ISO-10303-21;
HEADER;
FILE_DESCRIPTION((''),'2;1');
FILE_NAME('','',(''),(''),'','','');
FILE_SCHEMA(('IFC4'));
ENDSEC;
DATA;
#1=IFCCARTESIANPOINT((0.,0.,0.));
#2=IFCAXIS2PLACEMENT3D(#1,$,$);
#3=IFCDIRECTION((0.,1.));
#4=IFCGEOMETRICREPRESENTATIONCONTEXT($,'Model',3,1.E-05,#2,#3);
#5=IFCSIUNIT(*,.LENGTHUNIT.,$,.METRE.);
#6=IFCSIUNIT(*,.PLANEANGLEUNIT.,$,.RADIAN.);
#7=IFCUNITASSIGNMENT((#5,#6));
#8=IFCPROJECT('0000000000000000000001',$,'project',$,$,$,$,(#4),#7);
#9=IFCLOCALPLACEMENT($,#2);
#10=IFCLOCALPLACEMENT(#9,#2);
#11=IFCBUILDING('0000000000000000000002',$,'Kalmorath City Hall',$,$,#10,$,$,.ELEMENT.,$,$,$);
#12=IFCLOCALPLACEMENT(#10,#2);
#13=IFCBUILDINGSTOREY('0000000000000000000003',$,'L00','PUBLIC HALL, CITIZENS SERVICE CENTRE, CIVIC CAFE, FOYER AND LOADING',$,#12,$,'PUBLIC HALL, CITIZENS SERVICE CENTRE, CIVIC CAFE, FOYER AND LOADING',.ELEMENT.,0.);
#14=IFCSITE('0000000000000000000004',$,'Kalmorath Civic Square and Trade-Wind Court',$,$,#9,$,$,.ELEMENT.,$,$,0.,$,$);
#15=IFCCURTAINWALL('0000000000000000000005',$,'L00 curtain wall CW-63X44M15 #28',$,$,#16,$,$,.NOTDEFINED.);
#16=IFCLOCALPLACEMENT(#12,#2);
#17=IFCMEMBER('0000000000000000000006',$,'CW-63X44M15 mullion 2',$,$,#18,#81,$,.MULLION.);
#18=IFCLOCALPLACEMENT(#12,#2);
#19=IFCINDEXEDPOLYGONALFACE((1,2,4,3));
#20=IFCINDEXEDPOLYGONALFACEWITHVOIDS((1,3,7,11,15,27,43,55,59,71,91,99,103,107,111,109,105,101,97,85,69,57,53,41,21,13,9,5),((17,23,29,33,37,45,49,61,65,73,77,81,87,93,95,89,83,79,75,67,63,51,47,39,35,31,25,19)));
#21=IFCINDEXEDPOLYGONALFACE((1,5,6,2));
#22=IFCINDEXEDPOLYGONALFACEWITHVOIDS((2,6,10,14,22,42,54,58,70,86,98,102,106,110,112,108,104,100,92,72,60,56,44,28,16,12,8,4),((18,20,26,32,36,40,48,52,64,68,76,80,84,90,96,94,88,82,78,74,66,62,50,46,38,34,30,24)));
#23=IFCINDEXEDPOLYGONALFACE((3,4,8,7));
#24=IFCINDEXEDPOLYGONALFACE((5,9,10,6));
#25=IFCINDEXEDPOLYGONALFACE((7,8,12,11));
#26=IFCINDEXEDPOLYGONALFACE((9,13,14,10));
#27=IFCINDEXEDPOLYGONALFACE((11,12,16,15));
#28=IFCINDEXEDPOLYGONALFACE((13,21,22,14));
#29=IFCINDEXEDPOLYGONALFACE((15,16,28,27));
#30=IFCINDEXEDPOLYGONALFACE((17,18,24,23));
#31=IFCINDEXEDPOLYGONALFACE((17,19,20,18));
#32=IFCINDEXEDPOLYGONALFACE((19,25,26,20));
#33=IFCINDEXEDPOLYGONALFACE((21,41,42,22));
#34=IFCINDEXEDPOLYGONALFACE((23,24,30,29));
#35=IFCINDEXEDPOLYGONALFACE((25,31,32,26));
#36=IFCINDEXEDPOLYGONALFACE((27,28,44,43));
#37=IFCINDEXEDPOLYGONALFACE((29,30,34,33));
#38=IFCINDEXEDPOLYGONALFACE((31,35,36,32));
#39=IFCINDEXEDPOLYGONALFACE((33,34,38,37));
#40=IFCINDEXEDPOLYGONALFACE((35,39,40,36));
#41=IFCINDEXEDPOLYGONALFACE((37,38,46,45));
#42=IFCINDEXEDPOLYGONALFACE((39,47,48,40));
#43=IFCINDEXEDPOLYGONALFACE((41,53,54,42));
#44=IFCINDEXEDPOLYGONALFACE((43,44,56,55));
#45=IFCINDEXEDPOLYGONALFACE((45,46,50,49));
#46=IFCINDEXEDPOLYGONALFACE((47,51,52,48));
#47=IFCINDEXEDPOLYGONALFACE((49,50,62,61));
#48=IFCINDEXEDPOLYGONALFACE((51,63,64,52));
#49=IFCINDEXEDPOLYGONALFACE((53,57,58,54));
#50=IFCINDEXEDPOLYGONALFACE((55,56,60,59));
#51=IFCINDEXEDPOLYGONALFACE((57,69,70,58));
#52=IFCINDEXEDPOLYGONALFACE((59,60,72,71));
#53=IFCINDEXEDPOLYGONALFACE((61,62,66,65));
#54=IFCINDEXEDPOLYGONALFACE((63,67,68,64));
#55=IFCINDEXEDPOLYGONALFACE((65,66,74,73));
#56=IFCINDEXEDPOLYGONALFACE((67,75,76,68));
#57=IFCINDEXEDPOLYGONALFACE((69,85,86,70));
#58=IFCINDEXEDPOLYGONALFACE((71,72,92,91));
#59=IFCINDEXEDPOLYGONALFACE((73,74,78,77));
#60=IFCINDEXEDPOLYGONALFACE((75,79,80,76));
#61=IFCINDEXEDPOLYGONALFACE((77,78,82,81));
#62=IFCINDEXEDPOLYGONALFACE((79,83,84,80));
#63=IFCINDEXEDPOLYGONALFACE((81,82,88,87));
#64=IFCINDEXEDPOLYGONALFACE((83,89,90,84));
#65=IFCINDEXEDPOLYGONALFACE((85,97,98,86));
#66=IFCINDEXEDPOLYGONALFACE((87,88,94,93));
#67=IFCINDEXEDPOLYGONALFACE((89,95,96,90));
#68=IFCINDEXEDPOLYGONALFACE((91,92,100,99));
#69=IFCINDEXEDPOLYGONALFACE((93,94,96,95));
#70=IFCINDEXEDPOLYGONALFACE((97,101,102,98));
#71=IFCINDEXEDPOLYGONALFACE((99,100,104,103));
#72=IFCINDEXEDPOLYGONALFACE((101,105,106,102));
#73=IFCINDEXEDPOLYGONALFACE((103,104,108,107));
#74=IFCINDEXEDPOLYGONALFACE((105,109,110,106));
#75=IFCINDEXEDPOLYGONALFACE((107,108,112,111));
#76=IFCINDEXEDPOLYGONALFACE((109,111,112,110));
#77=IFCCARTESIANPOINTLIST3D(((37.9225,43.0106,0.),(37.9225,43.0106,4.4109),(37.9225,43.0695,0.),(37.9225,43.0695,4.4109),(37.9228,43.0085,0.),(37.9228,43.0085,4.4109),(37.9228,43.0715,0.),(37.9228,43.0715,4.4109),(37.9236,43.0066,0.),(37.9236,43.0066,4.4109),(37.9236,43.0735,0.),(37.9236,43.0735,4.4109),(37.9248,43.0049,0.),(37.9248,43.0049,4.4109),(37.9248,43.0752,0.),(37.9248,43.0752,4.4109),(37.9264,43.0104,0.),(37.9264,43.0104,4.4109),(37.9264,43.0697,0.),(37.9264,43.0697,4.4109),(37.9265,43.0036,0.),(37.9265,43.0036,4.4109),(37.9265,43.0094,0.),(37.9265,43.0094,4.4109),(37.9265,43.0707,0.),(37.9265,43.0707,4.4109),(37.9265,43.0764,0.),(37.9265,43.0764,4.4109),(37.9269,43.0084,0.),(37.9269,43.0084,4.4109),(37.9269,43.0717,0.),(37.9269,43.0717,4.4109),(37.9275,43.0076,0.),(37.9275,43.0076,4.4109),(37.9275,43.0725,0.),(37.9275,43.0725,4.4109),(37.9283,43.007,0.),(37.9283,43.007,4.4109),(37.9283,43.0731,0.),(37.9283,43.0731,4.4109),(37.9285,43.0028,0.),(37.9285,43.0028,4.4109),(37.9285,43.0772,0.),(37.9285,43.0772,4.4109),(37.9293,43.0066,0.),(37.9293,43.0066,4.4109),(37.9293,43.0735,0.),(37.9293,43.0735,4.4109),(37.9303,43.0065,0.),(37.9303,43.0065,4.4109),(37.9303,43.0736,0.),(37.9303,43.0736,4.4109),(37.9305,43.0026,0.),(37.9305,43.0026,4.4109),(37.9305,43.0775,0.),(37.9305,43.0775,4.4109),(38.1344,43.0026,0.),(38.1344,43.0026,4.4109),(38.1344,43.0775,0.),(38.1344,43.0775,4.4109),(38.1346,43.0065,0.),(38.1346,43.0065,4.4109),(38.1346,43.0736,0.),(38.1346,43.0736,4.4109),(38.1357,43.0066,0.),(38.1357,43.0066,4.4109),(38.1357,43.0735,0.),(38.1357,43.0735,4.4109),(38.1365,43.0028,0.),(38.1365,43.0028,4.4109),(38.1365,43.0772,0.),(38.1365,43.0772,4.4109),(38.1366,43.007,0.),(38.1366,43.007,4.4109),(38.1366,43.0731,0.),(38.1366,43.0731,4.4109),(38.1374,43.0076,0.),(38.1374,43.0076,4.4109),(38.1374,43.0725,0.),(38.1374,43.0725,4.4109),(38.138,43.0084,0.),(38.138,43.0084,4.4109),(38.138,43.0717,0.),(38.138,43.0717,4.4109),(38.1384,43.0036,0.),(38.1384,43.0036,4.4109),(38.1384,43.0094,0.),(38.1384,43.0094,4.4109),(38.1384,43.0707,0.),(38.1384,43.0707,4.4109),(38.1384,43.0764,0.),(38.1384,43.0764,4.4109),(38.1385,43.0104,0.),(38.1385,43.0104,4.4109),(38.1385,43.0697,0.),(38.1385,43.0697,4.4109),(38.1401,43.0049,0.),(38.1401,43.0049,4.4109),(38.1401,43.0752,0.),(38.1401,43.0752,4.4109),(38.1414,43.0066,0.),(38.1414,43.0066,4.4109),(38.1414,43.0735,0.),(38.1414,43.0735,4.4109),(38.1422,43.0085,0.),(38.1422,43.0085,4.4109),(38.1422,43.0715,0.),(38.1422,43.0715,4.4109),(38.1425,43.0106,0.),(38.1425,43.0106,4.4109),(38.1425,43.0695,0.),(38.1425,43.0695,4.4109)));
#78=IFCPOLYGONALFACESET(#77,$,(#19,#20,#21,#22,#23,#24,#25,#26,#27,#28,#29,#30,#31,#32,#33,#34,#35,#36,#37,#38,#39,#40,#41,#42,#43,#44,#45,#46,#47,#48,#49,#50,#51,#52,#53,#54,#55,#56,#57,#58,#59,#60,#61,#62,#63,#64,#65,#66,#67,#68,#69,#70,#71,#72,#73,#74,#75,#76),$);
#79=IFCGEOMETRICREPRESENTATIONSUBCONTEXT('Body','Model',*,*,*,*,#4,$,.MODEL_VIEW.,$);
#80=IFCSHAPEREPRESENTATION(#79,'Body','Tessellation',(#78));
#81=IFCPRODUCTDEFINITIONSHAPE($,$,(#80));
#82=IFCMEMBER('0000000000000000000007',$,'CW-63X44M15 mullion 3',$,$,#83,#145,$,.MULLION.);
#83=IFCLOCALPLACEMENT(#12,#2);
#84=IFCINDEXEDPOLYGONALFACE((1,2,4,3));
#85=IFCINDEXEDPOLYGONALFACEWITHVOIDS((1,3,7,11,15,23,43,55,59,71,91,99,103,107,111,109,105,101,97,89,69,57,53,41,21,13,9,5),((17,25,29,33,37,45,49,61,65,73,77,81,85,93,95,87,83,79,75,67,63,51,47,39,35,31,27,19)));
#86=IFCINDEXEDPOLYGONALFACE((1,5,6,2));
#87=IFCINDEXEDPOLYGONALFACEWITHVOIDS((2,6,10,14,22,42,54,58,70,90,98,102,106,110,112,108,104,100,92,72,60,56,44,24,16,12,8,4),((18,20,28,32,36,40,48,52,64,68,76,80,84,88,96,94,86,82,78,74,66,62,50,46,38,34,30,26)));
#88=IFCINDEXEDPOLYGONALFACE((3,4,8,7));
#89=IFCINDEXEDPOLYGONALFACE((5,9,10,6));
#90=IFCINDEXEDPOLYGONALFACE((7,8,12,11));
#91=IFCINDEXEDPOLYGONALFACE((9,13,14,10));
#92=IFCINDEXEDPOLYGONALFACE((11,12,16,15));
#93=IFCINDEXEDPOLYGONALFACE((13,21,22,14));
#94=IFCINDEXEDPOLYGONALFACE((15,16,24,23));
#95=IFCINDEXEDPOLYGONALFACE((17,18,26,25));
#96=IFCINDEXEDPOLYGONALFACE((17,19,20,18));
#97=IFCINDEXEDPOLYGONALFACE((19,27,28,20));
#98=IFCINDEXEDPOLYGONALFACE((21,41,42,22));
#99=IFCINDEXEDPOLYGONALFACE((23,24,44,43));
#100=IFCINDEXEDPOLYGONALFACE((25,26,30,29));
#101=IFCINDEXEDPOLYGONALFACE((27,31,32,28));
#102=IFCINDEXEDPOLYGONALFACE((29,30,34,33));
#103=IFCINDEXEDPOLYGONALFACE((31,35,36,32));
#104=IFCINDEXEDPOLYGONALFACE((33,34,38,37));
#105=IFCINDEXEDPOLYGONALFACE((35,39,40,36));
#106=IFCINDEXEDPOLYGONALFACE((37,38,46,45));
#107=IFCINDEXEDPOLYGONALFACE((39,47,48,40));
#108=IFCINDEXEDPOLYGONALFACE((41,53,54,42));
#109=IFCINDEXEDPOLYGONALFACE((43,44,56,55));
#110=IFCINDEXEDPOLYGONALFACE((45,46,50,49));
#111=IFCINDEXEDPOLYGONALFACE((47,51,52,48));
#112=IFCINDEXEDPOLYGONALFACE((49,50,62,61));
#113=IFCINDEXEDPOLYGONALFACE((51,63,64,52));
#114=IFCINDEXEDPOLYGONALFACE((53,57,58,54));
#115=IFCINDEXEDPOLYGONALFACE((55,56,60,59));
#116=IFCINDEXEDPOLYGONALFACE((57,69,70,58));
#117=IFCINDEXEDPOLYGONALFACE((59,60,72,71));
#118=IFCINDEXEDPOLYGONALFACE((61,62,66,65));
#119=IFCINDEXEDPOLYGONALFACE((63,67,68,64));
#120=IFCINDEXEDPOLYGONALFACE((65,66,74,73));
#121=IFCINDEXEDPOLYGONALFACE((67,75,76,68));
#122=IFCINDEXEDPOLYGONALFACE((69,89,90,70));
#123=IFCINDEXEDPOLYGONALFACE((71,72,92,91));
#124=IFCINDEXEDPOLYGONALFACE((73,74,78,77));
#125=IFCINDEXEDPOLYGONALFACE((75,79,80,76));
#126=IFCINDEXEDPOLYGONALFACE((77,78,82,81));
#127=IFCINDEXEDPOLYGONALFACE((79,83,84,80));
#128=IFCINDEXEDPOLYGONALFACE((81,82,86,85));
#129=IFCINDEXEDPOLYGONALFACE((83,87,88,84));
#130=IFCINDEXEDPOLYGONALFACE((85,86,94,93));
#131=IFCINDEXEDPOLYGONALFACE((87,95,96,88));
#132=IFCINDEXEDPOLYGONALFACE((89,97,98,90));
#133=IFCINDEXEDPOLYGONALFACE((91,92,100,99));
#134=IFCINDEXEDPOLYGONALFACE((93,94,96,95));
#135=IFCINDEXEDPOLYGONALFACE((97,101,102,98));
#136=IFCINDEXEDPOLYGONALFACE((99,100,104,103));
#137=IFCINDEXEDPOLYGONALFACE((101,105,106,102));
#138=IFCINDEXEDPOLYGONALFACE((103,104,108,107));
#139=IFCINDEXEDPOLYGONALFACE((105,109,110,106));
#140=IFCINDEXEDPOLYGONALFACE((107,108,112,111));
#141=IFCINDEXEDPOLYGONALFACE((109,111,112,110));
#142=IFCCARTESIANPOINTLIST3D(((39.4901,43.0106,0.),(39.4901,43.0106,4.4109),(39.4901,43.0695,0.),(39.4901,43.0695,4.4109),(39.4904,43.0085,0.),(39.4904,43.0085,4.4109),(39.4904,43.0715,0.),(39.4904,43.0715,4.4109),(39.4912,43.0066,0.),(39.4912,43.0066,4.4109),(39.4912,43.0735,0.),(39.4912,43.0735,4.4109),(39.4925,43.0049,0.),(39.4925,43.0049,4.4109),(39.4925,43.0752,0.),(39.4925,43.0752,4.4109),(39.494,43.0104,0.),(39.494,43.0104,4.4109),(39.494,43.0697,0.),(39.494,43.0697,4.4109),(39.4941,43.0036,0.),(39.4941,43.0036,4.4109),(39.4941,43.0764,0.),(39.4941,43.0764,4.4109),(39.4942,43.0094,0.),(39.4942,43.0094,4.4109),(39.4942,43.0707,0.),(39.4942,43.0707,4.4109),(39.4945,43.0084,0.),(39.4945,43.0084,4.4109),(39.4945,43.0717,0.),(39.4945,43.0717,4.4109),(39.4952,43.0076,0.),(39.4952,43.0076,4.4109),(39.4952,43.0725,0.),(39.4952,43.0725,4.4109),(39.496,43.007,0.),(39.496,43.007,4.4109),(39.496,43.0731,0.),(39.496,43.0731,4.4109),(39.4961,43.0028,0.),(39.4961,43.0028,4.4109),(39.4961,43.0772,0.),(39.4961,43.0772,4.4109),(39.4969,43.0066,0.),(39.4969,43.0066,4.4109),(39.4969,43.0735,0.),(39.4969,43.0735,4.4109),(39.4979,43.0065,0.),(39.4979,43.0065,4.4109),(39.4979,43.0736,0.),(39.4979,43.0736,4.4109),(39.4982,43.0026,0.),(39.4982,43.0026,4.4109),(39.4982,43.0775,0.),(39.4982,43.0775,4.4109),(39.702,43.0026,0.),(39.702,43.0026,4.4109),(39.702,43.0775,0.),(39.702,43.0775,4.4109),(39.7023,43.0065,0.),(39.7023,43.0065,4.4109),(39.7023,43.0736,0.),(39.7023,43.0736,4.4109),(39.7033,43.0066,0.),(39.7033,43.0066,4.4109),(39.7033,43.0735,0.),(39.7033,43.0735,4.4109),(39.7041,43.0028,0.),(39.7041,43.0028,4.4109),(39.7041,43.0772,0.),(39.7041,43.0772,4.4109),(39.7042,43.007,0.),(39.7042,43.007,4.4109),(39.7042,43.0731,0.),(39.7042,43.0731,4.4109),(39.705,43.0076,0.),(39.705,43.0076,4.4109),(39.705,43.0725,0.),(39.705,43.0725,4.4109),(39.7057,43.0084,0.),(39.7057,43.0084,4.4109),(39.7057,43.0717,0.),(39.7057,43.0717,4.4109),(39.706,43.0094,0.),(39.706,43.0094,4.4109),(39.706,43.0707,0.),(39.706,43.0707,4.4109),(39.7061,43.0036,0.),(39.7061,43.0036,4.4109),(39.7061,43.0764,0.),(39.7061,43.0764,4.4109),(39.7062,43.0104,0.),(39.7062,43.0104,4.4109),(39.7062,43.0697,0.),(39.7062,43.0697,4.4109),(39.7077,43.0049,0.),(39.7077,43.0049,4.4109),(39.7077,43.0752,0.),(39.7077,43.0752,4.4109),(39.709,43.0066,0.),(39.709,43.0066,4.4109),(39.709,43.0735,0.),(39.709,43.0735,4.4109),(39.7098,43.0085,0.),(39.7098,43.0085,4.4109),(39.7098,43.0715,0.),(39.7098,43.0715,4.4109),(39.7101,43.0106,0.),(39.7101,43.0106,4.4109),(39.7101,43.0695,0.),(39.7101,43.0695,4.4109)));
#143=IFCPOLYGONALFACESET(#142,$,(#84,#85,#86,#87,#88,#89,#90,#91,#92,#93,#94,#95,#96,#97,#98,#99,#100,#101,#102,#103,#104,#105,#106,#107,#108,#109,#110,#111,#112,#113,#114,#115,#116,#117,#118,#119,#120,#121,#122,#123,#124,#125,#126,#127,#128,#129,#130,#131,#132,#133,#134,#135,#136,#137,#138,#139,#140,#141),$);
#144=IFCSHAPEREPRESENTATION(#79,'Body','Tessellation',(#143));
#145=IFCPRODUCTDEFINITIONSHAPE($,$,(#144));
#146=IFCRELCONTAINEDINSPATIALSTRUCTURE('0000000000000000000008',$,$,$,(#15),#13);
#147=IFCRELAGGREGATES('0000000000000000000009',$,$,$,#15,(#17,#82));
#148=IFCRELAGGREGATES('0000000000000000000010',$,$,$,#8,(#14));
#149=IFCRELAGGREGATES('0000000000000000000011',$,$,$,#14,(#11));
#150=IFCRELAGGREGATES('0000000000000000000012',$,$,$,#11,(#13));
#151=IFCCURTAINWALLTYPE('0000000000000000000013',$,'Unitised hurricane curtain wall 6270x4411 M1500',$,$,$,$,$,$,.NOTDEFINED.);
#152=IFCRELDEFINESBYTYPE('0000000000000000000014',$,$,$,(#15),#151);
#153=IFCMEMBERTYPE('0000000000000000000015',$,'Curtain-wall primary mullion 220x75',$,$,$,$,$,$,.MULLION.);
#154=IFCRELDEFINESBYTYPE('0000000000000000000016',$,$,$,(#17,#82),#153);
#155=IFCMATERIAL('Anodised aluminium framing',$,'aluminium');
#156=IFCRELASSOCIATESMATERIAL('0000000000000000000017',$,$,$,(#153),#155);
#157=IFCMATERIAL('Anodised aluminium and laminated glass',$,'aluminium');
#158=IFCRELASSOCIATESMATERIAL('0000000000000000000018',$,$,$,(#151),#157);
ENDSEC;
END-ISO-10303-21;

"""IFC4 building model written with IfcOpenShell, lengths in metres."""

from ifc_helpers import new_model, si_unit, direction, frame, origin, origin_2d, place, context, subcontext, project, spatial, hollow_rectangle, extrude, material, material_profile, profile_set, type_object, element, aggregate, save


model = new_model("IFC4")

# Units and contexts
model_context = context("Model", 3, precision=1e-05, world=origin(), true_north=direction((0.0, 1.0)))
body_context = subcontext(model_context, "Body", "Model", "MODEL_VIEW")
ifc_project = project(units=[si_unit("LENGTHUNIT", "METRE"), si_unit("PLANEANGLEUNIT", "RADIAN")], contexts=[model_context])

# Site, building, storey
site_placement = place(None, origin())
site = spatial("IfcSite", under=ifc_project, at=site_placement, Name="Kalmorath Civic Square and Trade-Wind Court", CompositionType="ELEMENT", RefElevation=0.0)
building_placement = place(site_placement, origin())
building = spatial("IfcBuilding", under=site, at=building_placement, Name="Kalmorath City Hall", CompositionType="ELEMENT")
storey_placement = place(building_placement, origin())
storey = spatial("IfcBuildingStorey", under=building, at=storey_placement, Name="L00", Description="PUBLIC HALL, CITIZENS SERVICE CENTRE, CIVIC CAFE, FOYER AND LOADING", LongName="PUBLIC HALL, CITIZENS SERVICE CENTRE, CIVIC CAFE, FOYER AND LOADING", CompositionType="ELEMENT", Elevation=0.0)

# Shared definitions
ifc_material_1 = material(Name="Anodised aluminium framing", Category="aluminium")
ifc_material_profile_1 = material_profile(ifc_material_1, hollow_rectangle(XDim=0.075, YDim=0.22, WallThickness=0.0039, InnerFilletRadius=0.0039, OuterFilletRadius=0.0081, at=origin_2d()), Name="ALU-MUL-220X75X4")
ifc_profile_set_1 = profile_set([ifc_material_profile_1], Name="Anodised aluminium framing")
member_type_1 = type_object("IfcMemberType", Name="Curtain-wall primary mullion 220x75", PredefinedType="MULLION", material=ifc_profile_set_1)

# Curtain wall, members
ifc_material_2 = material(Name="Anodised aluminium and laminated glass", Category="aluminium")
curtain_wall_type_1 = type_object("IfcCurtainWallType", Name="Unitised hurricane curtain wall 6270x4411 M1500", PredefinedType="NOTDEFINED", material=ifc_material_2)
curtain_wall_1_placement = place(storey_placement, origin())
curtain_wall_1 = element("IfcCurtainWall", 1, at=curtain_wall_1_placement, inside=storey, type_object=curtain_wall_type_1, Name="L00 curtain wall CW-63X44M15 #28", PredefinedType="NOTDEFINED")
member_1_placement = place(storey_placement, frame((38.0325, 43.04, 0.0), z_axis=(0.0, 0.0, 1.0), x_axis=(0.0, 1.0, 0.0)))
member_1 = element("IfcMember", 2, at=member_1_placement, type_object=member_type_1, Name="CW-63X44M15 mullion 2", PredefinedType="MULLION", context=body_context, shape_type="SweptSolid", body=[
    extrude(hollow_rectangle(XDim=0.075, YDim=0.22, WallThickness=0.0039, InnerFilletRadius=0.0039, OuterFilletRadius=0.0081, at=origin_2d()), origin(), (0.0, 0.0, 1.0), 4.4109),
])
member_2_placement = place(storey_placement, frame((39.6001, 43.04, 0.0), z_axis=(0.0, 0.0, 1.0), x_axis=(0.0, 1.0, 0.0)))
member_2 = element("IfcMember", 3, at=member_2_placement, type_object=member_type_1, Name="CW-63X44M15 mullion 3", PredefinedType="MULLION", context=body_context, shape_type="SweptSolid", body=[
    extrude(hollow_rectangle(XDim=0.075, YDim=0.22, WallThickness=0.0039, InnerFilletRadius=0.0039, OuterFilletRadius=0.0081, at=origin_2d()), origin(), (0.0, 0.0, 1.0), 4.4109),
])

aggregate(curtain_wall_1, [member_1, member_2])

save(model, "model.ifc")
